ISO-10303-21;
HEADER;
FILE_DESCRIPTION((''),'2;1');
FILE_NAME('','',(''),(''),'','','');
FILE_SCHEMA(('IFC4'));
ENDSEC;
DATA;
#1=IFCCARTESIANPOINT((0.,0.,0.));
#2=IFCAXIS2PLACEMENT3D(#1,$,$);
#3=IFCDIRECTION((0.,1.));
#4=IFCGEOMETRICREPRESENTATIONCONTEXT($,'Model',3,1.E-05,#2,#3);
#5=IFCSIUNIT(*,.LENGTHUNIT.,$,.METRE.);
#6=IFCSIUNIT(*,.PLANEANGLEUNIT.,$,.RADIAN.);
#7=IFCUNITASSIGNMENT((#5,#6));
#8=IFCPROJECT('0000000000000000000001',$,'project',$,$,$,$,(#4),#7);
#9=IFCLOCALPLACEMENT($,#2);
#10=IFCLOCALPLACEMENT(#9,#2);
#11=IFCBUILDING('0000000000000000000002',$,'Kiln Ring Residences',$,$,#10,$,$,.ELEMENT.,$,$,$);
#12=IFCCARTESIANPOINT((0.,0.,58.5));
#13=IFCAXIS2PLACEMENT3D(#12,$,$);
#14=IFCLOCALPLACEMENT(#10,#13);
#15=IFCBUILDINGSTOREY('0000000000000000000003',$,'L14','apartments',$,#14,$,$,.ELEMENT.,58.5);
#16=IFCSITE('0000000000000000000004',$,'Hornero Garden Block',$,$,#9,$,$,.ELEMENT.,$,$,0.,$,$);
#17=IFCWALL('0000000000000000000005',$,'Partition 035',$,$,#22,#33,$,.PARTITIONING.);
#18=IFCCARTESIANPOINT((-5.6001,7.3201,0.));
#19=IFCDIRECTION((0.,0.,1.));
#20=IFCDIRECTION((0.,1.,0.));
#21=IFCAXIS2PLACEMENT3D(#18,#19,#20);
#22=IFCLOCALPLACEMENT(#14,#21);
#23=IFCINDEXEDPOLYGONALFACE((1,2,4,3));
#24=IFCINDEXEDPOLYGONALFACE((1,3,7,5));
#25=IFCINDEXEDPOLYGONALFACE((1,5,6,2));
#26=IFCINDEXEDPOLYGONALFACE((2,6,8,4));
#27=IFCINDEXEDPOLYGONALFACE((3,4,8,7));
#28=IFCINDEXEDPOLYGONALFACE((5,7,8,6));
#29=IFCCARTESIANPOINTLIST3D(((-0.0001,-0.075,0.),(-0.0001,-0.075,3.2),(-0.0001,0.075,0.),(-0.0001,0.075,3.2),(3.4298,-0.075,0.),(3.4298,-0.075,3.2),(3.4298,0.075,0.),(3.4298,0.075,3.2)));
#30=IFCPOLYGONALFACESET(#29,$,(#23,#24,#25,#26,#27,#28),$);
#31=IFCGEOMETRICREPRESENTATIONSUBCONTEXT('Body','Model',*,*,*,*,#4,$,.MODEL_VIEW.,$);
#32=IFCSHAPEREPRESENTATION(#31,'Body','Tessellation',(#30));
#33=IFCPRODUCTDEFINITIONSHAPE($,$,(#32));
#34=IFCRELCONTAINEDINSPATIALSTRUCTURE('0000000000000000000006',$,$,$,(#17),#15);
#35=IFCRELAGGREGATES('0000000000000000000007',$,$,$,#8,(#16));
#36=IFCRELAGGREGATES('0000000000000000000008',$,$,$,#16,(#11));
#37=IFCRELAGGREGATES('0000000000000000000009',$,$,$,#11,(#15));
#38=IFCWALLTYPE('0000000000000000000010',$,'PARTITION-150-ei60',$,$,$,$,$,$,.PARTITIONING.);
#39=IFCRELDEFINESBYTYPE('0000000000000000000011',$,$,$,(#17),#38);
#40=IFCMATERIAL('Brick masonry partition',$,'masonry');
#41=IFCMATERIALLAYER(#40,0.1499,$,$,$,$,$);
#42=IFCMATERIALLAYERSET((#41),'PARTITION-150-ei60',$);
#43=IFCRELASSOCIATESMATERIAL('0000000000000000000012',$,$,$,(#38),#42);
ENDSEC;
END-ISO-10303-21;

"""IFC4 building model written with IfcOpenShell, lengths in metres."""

from ifc_helpers import new_model, si_unit, direction, frame, frame_2d, origin, place, context, subcontext, project, spatial, rectangle, extrude, material, layer, layer_set, type_object, element, save


model = new_model("IFC4")

# Units and contexts
model_context = context("Model", 3, precision=1e-05, world=origin(), true_north=direction((0.0, 1.0)))
body_context = subcontext(model_context, "Body", "Model", "MODEL_VIEW")
ifc_project = project(units=[si_unit("LENGTHUNIT", "METRE"), si_unit("PLANEANGLEUNIT", "RADIAN")], contexts=[model_context])

# Site, building, storey
site_placement = place(None, origin())
site = spatial("IfcSite", under=ifc_project, at=site_placement, Name="Hornero Garden Block", CompositionType="ELEMENT", RefElevation=0.0)
building_placement = place(site_placement, origin())
building = spatial("IfcBuilding", under=site, at=building_placement, Name="Kiln Ring Residences", CompositionType="ELEMENT")
storey_placement = place(building_placement, frame((0.0, 0.0, 58.5)))
storey = spatial("IfcBuildingStorey", under=building, at=storey_placement, Name="L14", Description="apartments", CompositionType="ELEMENT", Elevation=58.5)

# Wall
ifc_material_1 = material(Name="Brick masonry partition", Category="masonry")
ifc_layer_1 = layer(ifc_material_1, 0.1499)
ifc_layer_set_1 = layer_set([ifc_layer_1], Name="PARTITION-150-ei60")
wall_type_1 = type_object("IfcWallType", Name="PARTITION-150-ei60", PredefinedType="PARTITIONING", material=ifc_layer_set_1)
wall_1_placement = place(storey_placement, frame((-5.6001, 7.3201, 0.0), z_axis=(0.0, 0.0, 1.0), x_axis=(0.0, 1.0, 0.0)))
element("IfcWall", 1, at=wall_1_placement, inside=storey, type_object=wall_type_1, Name="Partition 035", PredefinedType="PARTITIONING", context=body_context, shape_type="SweptSolid", body=[
    extrude(rectangle(XDim=3.4299, YDim=0.1499, at=frame_2d((1.7148, 0.0))), origin(), (0.0, 0.0, 1.0), 3.2),
])

save(model, "model.ifc")
